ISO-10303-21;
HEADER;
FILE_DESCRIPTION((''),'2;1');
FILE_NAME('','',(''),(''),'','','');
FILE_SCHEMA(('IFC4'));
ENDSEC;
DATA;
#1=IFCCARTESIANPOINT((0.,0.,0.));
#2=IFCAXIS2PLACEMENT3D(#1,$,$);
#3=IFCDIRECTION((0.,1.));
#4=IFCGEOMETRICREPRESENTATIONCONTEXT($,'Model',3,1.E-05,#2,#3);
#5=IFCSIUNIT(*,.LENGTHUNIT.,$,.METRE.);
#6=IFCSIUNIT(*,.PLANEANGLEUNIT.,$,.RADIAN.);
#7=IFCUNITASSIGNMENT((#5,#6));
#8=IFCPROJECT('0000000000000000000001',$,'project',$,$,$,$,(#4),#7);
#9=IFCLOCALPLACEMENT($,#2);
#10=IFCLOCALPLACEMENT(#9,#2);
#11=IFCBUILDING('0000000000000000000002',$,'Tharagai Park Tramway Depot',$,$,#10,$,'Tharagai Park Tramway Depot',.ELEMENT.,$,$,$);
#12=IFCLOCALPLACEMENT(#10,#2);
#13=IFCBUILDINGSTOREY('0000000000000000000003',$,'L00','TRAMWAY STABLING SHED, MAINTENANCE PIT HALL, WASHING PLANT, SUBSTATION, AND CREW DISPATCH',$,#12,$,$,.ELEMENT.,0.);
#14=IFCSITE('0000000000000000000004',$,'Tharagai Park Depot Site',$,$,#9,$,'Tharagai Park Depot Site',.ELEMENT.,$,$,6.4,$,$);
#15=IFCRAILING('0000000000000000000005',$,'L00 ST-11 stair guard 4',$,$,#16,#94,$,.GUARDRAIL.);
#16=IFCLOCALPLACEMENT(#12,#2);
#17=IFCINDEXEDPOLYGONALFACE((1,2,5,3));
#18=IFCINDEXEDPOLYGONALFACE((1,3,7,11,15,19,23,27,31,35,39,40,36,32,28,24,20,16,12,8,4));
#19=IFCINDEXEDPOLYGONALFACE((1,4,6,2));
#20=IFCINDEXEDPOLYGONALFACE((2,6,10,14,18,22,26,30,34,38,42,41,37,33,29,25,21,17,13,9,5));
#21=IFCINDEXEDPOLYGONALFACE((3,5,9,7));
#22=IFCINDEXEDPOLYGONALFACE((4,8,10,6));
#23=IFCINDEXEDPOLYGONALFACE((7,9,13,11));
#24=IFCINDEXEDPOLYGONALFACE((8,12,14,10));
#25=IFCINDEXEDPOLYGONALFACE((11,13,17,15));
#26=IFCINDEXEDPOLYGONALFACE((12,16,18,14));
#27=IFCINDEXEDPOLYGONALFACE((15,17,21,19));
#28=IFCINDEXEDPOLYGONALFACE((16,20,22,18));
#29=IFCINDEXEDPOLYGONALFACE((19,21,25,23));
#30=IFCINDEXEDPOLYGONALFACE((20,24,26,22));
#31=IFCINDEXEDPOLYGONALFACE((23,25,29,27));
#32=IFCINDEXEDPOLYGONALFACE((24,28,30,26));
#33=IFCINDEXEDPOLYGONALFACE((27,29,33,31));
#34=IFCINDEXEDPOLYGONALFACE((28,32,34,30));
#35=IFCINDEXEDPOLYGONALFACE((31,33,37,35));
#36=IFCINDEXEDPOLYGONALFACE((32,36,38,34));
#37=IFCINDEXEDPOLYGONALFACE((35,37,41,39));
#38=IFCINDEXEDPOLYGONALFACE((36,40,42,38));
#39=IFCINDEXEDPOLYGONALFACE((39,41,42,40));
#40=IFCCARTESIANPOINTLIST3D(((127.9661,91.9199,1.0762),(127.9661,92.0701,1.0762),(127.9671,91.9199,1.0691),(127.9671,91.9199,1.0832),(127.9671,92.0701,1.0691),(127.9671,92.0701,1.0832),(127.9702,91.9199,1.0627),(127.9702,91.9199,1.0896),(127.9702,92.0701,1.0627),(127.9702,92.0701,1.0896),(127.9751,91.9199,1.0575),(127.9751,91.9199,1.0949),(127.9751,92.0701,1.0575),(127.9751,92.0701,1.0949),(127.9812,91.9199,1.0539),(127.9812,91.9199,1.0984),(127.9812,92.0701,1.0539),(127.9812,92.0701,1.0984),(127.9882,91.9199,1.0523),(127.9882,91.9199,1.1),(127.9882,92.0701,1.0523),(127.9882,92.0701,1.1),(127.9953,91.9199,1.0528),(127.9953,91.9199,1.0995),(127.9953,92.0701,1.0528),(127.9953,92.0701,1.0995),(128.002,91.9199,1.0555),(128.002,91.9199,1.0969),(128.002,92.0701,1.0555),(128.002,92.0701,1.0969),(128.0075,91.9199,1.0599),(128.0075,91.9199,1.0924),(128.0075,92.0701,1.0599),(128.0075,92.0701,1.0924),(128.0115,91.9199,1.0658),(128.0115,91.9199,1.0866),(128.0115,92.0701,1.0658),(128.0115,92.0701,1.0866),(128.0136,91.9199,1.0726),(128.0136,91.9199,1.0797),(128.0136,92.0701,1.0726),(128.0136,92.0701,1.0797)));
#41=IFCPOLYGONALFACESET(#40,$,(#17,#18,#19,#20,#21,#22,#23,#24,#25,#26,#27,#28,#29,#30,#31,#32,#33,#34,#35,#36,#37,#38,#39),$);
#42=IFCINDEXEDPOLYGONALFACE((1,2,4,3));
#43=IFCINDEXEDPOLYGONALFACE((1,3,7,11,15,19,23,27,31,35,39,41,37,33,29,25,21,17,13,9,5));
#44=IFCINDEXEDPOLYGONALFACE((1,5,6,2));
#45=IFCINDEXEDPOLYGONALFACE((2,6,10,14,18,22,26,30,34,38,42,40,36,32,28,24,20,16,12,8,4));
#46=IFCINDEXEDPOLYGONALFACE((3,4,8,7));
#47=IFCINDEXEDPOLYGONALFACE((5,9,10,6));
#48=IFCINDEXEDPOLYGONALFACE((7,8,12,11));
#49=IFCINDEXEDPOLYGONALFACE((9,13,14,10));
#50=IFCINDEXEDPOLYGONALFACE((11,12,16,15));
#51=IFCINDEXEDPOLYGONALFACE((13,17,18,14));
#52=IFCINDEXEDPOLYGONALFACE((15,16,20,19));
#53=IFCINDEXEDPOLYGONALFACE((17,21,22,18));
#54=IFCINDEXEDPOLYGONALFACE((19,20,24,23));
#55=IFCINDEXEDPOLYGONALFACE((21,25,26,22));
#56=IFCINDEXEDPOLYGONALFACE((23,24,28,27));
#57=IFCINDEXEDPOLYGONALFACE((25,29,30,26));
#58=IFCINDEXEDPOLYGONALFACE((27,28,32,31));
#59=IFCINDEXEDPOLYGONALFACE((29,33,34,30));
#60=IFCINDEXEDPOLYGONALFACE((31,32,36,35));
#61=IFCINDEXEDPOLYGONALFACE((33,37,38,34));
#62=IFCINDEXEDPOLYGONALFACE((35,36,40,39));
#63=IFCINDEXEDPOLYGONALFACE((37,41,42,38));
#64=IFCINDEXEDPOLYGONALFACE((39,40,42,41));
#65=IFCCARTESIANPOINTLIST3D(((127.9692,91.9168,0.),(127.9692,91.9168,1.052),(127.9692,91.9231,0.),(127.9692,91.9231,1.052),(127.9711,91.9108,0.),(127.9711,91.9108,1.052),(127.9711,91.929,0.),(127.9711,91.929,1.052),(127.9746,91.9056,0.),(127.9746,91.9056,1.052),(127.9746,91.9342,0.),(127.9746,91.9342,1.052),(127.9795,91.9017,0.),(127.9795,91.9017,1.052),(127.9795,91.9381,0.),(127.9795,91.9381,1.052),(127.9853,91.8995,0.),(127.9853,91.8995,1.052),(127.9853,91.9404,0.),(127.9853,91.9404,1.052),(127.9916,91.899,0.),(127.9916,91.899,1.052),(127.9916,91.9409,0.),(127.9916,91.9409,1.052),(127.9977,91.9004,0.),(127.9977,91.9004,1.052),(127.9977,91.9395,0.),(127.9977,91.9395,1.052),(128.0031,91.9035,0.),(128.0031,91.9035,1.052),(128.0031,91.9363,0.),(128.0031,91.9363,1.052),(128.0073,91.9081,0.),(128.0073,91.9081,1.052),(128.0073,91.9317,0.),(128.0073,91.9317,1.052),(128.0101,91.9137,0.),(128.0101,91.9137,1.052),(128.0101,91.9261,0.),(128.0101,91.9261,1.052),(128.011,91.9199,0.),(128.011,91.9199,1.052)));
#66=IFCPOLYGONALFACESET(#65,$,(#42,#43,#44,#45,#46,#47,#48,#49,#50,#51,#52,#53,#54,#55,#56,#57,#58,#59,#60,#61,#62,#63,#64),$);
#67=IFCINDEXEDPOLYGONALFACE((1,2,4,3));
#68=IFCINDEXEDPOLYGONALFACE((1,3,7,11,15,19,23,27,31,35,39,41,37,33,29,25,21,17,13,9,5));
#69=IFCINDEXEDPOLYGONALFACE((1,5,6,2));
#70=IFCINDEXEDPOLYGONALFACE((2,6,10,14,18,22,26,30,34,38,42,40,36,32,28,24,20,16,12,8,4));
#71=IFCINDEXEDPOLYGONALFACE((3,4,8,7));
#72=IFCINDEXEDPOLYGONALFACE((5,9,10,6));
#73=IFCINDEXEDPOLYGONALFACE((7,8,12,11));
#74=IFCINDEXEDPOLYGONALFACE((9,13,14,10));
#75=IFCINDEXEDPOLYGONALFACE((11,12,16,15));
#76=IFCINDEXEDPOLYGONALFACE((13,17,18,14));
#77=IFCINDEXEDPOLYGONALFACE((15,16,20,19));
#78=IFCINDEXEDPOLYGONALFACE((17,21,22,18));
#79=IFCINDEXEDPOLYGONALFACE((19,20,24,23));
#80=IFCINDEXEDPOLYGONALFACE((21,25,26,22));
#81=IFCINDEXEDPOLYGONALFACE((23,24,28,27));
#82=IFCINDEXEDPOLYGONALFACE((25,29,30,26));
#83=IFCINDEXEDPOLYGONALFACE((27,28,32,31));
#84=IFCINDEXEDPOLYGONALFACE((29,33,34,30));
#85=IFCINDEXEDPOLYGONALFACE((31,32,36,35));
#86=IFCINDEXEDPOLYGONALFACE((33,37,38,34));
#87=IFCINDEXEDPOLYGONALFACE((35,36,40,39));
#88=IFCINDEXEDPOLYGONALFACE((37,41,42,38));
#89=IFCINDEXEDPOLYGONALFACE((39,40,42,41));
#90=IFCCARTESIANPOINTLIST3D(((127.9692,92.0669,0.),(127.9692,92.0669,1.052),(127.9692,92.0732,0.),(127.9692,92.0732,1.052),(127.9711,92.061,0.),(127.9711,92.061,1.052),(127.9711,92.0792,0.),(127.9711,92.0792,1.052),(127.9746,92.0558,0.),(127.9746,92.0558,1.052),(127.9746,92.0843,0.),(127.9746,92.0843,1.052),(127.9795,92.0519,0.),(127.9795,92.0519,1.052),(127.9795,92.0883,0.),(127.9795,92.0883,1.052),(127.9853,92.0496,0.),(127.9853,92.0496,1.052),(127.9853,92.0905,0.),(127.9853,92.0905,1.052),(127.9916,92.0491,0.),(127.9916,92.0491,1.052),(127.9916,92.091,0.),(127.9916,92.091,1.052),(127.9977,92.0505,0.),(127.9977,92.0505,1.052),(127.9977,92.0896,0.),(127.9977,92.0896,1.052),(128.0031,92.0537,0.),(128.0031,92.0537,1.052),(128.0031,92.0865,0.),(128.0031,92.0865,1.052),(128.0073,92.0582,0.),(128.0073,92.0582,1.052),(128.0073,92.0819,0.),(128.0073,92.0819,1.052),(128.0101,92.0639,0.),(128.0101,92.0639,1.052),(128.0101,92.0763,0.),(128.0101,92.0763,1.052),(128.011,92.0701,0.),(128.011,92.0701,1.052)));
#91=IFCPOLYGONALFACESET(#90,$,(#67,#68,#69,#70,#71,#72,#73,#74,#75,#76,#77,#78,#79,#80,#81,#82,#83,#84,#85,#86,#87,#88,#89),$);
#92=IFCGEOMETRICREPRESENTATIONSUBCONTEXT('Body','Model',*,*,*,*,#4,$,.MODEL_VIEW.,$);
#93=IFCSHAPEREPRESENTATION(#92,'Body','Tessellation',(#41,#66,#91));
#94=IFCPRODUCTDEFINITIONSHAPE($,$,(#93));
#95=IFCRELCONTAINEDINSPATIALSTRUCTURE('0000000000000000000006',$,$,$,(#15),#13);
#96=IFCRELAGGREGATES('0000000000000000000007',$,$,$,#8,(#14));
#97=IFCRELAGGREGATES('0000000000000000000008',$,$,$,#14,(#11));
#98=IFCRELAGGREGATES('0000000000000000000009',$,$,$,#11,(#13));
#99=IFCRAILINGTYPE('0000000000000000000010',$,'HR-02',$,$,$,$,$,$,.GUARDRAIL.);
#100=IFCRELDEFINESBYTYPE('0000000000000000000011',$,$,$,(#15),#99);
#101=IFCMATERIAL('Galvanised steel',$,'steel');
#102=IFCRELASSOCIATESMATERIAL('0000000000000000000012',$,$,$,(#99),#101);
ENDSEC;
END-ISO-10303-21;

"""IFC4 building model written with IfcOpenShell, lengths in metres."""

from ifc_helpers import new_model, si_unit, direction, frame, origin, origin_2d, place, context, subcontext, project, spatial, circle, extrude, material, type_object, element, save


model = new_model("IFC4")

# Units and contexts
model_context = context("Model", 3, precision=1e-05, world=origin(), true_north=direction((0.0, 1.0)))
body_context = subcontext(model_context, "Body", "Model", "MODEL_VIEW")
ifc_project = project(units=[si_unit("LENGTHUNIT", "METRE"), si_unit("PLANEANGLEUNIT", "RADIAN")], contexts=[model_context])

# Site, building, storey
site_placement = place(None, origin())
site = spatial("IfcSite", under=ifc_project, at=site_placement, Name="Tharagai Park Depot Site", LongName="Tharagai Park Depot Site", CompositionType="ELEMENT", RefElevation=6.4)
building_placement = place(site_placement, origin())
building = spatial("IfcBuilding", under=site, at=building_placement, Name="Tharagai Park Tramway Depot", LongName="Tharagai Park Tramway Depot", CompositionType="ELEMENT")
storey_placement = place(building_placement, origin())
storey = spatial("IfcBuildingStorey", under=building, at=storey_placement, Name="L00", Description="TRAMWAY STABLING SHED, MAINTENANCE PIT HALL, WASHING PLANT, SUBSTATION, AND CREW DISPATCH", CompositionType="ELEMENT", Elevation=0.0)

# Shared definitions
ifc_material_1 = material(Name="Galvanised steel", Category="steel")

# Railing
railing_type = type_object("IfcRailingType", Name="HR-02", PredefinedType="GUARDRAIL", material=ifc_material_1)
railing_1_placement = place(storey_placement, frame((127.99, 91.9199, 0.0)))
element("IfcRailing", 1, at=railing_1_placement, inside=storey, type_object=railing_type, Name="L00 ST-11 stair guard 4", PredefinedType="GUARDRAIL", context=body_context, shape_type="SweptSolid", body=[
    extrude(circle(Radius=0.0239, at=origin_2d()), frame((0.0, 0.0, 1.0762), z_axis=(0.0, 1.0, 0.0), x_axis=(-1.0, 0.0, 0.0)), (0.0, 0.0, 1.0), 0.1501),
    extrude(circle(Radius=0.021, at=origin_2d()), origin(), (0.0, 0.0, 1.0), 1.052),
    extrude(circle(Radius=0.021, at=origin_2d()), frame((0.0, 0.1501, 0.0)), (0.0, 0.0, 1.0), 1.052),
])

save(model, "model.ifc")
